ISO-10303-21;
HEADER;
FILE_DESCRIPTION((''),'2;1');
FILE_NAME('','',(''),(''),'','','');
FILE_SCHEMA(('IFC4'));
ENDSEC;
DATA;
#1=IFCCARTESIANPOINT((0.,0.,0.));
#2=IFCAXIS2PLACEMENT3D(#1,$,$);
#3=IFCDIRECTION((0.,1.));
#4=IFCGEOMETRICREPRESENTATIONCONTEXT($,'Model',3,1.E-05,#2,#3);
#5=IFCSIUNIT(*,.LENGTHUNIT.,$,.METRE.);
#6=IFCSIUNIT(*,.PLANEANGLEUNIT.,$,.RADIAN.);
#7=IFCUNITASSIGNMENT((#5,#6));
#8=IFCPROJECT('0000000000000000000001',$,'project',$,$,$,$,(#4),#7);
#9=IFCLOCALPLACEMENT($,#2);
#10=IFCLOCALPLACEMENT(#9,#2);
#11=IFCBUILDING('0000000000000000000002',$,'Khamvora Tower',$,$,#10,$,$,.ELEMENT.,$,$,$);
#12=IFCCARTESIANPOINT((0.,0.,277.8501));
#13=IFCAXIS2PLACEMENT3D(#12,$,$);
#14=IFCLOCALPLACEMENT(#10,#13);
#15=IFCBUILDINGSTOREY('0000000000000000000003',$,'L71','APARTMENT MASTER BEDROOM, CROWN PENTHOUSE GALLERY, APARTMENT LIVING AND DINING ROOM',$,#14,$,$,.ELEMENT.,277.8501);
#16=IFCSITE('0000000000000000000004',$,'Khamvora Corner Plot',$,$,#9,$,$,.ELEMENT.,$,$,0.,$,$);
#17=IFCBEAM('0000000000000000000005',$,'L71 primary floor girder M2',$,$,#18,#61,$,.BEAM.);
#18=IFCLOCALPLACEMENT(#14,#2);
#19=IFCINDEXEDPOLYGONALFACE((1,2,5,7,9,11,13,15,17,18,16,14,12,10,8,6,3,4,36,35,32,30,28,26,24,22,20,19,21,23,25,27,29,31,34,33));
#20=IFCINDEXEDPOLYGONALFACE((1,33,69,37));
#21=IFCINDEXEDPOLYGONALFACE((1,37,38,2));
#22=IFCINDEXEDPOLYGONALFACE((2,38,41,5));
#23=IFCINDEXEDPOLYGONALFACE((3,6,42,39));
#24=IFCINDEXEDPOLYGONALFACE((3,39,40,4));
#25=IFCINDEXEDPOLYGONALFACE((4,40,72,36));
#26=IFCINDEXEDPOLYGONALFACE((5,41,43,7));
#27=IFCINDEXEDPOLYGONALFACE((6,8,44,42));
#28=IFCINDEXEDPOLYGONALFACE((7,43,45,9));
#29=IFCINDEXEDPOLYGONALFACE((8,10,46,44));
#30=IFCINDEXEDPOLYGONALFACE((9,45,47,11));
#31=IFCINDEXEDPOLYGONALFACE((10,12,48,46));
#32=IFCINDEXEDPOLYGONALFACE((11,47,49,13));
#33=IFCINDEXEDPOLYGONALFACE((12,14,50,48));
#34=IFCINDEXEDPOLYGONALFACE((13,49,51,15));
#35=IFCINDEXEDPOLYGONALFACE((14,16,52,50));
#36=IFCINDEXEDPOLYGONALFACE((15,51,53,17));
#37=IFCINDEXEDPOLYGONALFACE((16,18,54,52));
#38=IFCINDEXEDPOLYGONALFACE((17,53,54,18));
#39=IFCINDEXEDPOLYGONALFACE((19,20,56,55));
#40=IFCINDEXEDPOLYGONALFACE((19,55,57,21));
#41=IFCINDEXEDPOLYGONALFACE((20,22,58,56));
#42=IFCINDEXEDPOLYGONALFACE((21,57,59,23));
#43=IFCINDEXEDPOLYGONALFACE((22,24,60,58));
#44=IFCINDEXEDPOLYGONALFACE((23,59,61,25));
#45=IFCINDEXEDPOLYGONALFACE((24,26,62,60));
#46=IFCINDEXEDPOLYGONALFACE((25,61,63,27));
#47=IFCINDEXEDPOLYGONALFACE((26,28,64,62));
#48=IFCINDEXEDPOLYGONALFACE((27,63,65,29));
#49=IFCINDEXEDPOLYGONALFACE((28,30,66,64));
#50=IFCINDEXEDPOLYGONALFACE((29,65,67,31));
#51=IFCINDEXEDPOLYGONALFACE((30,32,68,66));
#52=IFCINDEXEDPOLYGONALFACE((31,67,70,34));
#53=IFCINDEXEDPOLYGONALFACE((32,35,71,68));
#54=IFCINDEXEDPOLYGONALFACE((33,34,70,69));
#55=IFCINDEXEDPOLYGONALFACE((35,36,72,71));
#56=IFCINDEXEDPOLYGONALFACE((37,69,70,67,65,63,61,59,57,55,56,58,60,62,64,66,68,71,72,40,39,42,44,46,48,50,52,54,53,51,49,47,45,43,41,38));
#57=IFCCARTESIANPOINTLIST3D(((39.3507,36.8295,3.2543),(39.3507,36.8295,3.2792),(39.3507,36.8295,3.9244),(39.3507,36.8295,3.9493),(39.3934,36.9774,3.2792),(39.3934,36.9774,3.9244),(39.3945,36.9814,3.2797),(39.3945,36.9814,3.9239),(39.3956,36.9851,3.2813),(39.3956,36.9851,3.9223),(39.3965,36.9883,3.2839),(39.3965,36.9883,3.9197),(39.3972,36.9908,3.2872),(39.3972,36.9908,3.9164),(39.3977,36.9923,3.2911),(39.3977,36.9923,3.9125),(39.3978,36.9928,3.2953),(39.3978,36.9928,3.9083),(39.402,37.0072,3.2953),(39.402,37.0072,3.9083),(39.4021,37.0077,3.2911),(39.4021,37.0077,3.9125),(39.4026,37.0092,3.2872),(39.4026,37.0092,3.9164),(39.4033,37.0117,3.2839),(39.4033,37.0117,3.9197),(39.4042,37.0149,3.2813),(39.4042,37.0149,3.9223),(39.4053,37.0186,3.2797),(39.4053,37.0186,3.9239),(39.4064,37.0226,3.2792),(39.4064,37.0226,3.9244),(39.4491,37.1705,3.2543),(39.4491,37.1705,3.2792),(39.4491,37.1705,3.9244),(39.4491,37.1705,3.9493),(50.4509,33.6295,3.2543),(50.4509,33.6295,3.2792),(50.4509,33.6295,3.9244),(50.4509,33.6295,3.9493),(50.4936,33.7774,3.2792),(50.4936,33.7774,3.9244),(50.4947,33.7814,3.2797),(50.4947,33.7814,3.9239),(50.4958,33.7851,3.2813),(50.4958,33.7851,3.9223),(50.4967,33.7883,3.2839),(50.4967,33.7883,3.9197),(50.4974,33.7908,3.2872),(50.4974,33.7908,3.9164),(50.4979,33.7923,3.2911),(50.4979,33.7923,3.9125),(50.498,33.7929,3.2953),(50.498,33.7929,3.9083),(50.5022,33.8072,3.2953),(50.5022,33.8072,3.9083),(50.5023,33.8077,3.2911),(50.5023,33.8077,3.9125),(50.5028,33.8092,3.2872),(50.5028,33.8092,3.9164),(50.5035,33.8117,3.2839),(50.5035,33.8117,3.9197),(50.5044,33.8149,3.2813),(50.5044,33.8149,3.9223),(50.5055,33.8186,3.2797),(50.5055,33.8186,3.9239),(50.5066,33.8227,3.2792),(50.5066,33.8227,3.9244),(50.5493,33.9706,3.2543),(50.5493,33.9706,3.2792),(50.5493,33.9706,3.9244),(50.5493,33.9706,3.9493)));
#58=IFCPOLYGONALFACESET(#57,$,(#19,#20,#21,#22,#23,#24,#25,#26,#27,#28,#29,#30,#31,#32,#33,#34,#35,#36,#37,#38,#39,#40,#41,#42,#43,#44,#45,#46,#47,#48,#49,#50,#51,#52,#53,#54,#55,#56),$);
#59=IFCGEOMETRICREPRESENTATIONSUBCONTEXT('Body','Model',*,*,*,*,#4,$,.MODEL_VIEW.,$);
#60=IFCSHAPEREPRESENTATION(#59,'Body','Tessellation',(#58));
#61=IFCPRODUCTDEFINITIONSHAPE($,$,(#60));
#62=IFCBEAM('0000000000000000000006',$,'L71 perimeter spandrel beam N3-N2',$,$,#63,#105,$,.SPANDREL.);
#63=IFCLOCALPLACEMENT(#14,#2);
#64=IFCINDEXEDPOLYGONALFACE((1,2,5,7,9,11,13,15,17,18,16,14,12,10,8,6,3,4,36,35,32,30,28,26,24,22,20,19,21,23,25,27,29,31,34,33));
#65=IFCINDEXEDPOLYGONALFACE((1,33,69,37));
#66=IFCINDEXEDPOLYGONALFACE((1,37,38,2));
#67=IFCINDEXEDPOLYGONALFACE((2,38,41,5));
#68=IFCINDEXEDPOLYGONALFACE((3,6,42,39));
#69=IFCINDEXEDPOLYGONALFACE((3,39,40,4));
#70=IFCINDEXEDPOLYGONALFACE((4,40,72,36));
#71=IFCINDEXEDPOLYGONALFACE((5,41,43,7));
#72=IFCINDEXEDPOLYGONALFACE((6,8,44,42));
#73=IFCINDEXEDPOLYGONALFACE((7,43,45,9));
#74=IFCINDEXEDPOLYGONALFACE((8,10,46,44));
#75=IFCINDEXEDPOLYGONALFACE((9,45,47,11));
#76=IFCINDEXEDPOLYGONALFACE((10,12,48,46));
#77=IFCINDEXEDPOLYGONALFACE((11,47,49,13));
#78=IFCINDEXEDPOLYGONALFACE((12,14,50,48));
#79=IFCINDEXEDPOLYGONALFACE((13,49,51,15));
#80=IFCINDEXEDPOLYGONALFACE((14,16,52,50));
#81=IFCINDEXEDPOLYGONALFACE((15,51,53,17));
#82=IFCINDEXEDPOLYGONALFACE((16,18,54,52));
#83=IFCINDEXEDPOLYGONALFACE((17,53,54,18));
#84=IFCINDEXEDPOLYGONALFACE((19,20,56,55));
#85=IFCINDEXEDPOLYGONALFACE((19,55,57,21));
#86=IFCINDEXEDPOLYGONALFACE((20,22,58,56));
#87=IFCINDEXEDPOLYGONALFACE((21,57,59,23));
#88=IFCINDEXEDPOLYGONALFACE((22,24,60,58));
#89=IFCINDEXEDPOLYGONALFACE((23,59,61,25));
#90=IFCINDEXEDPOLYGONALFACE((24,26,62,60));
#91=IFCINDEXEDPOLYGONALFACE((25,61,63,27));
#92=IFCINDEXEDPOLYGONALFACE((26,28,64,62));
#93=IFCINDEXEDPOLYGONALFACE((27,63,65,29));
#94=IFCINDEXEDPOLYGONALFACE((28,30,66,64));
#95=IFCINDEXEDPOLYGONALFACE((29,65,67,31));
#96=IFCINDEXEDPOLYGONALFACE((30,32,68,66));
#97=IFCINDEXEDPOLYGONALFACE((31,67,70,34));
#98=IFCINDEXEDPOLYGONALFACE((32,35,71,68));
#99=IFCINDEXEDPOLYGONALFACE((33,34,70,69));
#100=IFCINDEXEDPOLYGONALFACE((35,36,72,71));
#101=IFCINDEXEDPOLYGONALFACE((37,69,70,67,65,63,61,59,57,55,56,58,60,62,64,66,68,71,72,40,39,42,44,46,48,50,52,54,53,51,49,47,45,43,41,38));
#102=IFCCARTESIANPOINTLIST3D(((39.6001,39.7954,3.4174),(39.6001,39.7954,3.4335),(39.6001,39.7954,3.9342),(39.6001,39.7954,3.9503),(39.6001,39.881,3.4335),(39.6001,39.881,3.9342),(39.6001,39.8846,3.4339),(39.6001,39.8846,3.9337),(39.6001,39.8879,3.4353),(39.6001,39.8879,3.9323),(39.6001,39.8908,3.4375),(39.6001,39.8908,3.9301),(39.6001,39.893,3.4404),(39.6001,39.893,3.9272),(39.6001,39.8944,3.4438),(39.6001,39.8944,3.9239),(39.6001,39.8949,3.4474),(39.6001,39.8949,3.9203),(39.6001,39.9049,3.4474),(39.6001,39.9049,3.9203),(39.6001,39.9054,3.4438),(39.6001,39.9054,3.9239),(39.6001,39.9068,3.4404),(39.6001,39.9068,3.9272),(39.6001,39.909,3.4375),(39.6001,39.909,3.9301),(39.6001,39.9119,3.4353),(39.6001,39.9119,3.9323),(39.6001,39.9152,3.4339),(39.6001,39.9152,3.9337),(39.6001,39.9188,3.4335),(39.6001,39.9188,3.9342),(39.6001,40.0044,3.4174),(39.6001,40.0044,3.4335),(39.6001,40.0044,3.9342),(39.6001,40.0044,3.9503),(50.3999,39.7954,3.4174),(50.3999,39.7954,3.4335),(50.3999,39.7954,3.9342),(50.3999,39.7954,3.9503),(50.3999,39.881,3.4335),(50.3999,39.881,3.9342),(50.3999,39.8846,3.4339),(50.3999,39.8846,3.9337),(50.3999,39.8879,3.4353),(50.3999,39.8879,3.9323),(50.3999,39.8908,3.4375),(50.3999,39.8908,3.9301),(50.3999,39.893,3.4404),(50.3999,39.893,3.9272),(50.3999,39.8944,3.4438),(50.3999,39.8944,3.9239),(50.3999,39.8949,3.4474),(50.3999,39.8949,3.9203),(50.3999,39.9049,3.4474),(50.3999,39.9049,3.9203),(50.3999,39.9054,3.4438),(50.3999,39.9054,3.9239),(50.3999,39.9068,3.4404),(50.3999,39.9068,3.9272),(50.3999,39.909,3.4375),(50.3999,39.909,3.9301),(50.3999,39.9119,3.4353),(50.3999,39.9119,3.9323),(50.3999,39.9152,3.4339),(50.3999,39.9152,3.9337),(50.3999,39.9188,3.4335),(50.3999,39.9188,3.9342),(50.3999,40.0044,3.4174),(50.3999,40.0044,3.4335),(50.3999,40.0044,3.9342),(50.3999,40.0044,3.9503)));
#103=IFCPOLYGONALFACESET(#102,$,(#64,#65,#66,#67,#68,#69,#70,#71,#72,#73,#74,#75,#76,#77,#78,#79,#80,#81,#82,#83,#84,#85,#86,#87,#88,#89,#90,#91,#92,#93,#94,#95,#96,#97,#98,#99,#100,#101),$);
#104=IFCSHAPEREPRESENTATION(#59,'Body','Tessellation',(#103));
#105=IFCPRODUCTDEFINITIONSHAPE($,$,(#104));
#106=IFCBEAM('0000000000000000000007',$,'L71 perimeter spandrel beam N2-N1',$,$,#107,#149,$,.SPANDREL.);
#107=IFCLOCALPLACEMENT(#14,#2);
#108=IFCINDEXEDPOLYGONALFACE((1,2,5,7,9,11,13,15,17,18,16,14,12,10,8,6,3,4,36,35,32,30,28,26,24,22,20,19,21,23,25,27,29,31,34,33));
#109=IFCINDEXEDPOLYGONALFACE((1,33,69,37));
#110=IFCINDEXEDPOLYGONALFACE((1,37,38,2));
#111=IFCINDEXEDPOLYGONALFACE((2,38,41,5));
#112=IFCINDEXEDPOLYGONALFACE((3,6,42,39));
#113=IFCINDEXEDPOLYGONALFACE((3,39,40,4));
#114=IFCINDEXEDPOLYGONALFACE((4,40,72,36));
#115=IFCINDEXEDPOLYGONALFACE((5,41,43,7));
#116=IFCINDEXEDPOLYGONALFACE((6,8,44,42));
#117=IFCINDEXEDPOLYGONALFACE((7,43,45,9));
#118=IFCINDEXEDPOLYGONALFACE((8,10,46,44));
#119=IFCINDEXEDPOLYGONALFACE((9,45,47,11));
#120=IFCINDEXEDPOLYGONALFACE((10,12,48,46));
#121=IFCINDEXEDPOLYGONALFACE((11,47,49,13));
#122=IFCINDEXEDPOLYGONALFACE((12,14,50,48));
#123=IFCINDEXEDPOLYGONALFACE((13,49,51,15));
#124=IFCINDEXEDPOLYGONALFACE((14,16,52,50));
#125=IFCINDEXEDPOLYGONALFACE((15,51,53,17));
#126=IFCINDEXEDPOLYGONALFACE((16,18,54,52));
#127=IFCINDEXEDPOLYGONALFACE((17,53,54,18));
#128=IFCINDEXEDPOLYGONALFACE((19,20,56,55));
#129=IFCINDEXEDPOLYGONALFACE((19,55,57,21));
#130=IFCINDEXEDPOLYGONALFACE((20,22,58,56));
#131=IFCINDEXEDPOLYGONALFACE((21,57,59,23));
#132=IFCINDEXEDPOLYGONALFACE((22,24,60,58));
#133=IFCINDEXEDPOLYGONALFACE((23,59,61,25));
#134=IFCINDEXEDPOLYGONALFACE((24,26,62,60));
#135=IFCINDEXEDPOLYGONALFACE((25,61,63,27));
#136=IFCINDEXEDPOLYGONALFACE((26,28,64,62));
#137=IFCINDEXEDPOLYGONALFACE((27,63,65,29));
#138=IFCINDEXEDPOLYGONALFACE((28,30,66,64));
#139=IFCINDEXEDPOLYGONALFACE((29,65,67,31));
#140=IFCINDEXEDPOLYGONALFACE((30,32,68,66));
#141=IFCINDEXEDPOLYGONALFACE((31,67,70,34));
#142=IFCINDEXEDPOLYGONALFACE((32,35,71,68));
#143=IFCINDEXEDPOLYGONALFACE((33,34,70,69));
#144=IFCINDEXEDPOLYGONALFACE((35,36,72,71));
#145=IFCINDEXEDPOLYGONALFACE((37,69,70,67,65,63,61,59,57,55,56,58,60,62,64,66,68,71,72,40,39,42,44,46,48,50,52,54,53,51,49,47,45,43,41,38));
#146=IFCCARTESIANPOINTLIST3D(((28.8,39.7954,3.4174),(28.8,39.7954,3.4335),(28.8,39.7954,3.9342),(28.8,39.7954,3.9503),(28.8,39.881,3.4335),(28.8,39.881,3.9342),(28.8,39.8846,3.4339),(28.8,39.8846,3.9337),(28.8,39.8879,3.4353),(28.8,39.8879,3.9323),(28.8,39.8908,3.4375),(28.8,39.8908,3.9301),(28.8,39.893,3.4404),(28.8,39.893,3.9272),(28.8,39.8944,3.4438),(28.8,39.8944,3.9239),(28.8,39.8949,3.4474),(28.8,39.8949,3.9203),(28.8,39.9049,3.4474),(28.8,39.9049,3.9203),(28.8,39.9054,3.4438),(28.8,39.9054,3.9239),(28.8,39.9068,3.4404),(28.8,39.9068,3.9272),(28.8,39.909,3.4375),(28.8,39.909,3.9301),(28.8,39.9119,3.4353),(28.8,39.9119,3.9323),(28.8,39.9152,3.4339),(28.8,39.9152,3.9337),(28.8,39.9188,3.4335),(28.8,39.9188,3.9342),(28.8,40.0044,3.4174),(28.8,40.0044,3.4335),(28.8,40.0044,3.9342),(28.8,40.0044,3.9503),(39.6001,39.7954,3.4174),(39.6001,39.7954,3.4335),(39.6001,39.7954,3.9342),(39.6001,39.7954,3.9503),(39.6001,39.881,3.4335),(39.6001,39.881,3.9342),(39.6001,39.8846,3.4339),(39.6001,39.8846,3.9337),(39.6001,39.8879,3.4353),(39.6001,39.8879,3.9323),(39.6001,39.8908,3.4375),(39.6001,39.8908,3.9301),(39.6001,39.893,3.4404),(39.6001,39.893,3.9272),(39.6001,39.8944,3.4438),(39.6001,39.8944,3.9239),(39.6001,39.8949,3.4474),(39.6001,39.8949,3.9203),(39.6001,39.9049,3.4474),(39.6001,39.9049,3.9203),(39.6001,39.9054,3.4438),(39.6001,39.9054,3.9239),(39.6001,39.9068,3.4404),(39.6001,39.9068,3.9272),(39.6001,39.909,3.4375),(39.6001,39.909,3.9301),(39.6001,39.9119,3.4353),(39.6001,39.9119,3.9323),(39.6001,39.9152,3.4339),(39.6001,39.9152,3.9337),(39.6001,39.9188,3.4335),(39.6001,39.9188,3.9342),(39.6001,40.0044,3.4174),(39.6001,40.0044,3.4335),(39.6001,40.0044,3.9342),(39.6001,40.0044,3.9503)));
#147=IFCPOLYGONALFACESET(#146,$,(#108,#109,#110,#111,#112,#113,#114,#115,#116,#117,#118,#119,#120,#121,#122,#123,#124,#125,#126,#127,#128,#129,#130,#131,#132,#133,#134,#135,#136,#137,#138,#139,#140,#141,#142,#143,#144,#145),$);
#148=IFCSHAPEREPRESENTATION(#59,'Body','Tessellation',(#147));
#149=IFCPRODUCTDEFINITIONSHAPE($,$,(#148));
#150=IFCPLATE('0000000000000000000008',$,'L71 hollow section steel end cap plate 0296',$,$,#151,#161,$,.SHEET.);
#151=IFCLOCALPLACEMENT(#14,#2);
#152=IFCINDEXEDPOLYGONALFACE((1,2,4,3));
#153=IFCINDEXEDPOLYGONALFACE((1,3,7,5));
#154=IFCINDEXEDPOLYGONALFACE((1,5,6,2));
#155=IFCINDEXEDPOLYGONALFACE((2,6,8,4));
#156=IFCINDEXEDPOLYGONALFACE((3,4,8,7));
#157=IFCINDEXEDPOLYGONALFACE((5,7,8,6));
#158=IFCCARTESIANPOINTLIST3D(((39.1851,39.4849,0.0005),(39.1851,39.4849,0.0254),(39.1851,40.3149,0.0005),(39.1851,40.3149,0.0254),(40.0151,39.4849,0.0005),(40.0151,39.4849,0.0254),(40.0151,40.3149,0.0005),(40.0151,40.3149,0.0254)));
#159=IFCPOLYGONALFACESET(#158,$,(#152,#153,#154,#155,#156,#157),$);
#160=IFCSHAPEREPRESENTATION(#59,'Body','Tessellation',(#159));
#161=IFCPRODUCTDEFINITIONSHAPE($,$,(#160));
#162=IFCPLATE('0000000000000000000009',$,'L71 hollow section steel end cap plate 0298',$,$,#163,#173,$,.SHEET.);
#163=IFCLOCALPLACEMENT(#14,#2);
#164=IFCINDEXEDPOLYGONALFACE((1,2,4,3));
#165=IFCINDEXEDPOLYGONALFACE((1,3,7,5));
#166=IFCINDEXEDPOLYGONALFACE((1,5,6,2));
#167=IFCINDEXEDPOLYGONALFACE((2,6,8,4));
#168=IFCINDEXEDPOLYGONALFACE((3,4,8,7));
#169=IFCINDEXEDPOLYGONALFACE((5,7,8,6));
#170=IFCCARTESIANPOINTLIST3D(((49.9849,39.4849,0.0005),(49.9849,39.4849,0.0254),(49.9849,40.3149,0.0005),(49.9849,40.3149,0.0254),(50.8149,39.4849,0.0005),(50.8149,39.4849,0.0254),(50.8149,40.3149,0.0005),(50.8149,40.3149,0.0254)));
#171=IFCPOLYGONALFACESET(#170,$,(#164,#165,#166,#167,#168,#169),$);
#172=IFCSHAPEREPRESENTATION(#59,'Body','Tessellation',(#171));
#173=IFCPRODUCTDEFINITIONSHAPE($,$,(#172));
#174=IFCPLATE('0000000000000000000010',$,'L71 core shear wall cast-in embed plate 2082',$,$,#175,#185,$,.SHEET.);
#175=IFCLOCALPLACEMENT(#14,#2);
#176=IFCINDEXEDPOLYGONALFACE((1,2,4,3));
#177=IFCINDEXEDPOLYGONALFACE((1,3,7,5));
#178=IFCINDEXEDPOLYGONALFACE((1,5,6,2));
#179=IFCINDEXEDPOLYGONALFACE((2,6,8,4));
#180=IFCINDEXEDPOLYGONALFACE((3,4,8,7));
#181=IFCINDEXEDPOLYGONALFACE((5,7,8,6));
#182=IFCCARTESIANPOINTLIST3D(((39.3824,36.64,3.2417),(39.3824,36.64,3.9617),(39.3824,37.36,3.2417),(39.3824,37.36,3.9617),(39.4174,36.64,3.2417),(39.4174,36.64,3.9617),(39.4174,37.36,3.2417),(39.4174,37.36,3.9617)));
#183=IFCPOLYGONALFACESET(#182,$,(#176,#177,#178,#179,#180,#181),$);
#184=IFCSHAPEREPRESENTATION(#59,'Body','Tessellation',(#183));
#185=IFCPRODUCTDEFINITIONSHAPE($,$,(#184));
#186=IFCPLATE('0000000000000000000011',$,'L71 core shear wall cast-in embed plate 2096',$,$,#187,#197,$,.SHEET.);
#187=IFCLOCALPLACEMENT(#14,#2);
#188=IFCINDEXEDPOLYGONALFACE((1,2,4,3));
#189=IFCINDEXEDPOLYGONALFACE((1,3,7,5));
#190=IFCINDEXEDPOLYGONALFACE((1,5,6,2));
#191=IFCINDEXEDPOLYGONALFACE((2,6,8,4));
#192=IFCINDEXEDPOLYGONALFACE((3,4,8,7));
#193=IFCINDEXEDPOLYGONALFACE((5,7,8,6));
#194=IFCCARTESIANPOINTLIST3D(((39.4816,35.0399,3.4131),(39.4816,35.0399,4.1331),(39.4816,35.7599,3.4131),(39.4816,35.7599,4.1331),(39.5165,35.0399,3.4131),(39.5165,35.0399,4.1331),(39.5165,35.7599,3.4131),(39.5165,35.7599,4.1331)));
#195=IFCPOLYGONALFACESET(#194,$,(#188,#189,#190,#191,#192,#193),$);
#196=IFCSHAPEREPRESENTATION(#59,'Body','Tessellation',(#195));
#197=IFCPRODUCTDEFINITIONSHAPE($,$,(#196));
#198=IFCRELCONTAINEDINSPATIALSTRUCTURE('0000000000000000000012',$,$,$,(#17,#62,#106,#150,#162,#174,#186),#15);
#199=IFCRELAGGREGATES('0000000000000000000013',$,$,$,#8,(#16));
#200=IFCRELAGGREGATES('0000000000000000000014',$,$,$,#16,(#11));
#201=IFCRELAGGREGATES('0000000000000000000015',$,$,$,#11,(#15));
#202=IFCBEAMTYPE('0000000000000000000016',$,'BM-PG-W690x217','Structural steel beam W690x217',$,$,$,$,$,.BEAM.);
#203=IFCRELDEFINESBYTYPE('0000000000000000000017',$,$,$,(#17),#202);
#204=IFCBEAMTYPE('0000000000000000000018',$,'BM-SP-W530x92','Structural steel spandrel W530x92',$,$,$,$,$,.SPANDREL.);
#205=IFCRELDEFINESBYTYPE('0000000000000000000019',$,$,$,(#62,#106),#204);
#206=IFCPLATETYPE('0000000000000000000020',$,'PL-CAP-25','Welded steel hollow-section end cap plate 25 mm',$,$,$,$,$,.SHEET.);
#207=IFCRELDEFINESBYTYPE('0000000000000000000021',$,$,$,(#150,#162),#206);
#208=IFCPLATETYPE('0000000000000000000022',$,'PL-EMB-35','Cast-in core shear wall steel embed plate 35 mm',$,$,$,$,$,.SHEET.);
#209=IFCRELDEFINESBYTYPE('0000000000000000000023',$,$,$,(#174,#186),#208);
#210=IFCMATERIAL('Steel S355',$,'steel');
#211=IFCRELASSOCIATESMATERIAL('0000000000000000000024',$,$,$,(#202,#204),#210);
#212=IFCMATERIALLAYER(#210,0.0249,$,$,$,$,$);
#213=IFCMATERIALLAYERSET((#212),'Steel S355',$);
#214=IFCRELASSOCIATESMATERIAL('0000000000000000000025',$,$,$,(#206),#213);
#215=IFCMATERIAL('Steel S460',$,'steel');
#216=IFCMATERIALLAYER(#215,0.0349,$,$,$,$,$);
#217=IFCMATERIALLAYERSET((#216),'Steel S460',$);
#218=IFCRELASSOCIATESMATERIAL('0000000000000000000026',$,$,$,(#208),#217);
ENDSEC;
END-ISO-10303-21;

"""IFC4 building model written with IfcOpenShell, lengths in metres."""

from ifc_helpers import new_model, si_unit, direction, frame, origin, origin_2d, place, context, subcontext, project, spatial, rectangle, i_section, extrude, material, layer, layer_set, material_profile, profile_set, type_object, element, save


model = new_model("IFC4")

# Units and contexts
model_context = context("Model", 3, precision=1e-05, world=origin(), true_north=direction((0.0, 1.0)))
body_context = subcontext(model_context, "Body", "Model", "MODEL_VIEW")
ifc_project = project(units=[si_unit("LENGTHUNIT", "METRE"), si_unit("PLANEANGLEUNIT", "RADIAN")], contexts=[model_context])

# Site, building, storey
site_placement = place(None, origin())
site = spatial("IfcSite", under=ifc_project, at=site_placement, Name="Khamvora Corner Plot", CompositionType="ELEMENT", RefElevation=0.0)
building_placement = place(site_placement, origin())
building = spatial("IfcBuilding", under=site, at=building_placement, Name="Khamvora Tower", CompositionType="ELEMENT")
storey_placement = place(building_placement, frame((0.0, 0.0, 277.8501)))
storey = spatial("IfcBuildingStorey", under=building, at=storey_placement, Name="L71", Description="APARTMENT MASTER BEDROOM, CROWN PENTHOUSE GALLERY, APARTMENT LIVING AND DINING ROOM", CompositionType="ELEMENT", Elevation=277.8501)

# Shared definitions
ifc_material_1 = material(Name="Steel S355", Category="steel")

# Beams
ifc_material_profile_1 = material_profile(ifc_material_1, i_section(OverallWidth=0.355, OverallDepth=0.6951, WebThickness=0.0149, FlangeThickness=0.0249, FilletRadius=0.0161, at=origin_2d()), Name="W690x217")
ifc_profile_set_1 = profile_set([ifc_material_profile_1], Name="Steel S355")
beam_type_1 = type_object("IfcBeamType", Name="BM-PG-W690x217", Description="Structural steel beam W690x217", PredefinedType="BEAM", material=ifc_profile_set_1)
beam_1_placement = place(storey_placement, frame((39.3999, 37.0, 3.6018), z_axis=(0.96087, -0.277001, 0.0), x_axis=(0.277001, 0.96087, 0.0)))
element("IfcBeam", 1, at=beam_1_placement, inside=storey, type_object=beam_type_1, Name="L71 primary floor girder M2", PredefinedType="BEAM", context=body_context, shape_type="SweptSolid", body=[
    extrude(i_section(OverallWidth=0.355, OverallDepth=0.6951, WebThickness=0.0149, FlangeThickness=0.0249, FilletRadius=0.0161, at=origin_2d()), origin(), (0.0, 0.0, 1.0), 11.5522),
])
ifc_material_profile_2 = material_profile(ifc_material_1, i_section(OverallWidth=0.209, OverallDepth=0.533, WebThickness=0.01, FlangeThickness=0.0161, FilletRadius=0.0139, at=origin_2d()), Name="W530x92")
ifc_profile_set_2 = profile_set([ifc_material_profile_2], Name="Steel S355")
beam_type_2 = type_object("IfcBeamType", Name="BM-SP-W530x92", Description="Structural steel spandrel W530x92", PredefinedType="SPANDREL", material=ifc_profile_set_2)
beam_2_placement = place(storey_placement, frame((50.3999, 39.8999, 3.6838), z_axis=(-1.0, 0.0, 0.0), x_axis=(0.0, -1.0, 0.0)))
element("IfcBeam", 2, at=beam_2_placement, inside=storey, type_object=beam_type_2, Name="L71 perimeter spandrel beam N3-N2", PredefinedType="SPANDREL", context=body_context, shape_type="SweptSolid", body=[
    extrude(i_section(OverallWidth=0.209, OverallDepth=0.533, WebThickness=0.01, FlangeThickness=0.0161, FilletRadius=0.0139, at=origin_2d()), origin(), (0.0, 0.0, 1.0), 10.7998),
])
beam_3_placement = place(storey_placement, frame((39.6001, 39.8999, 3.6838), z_axis=(-1.0, 0.0, 0.0), x_axis=(0.0, -1.0, 0.0)))
element("IfcBeam", 3, at=beam_3_placement, inside=storey, type_object=beam_type_2, Name="L71 perimeter spandrel beam N2-N1", PredefinedType="SPANDREL", context=body_context, shape_type="SweptSolid", body=[
    extrude(i_section(OverallWidth=0.209, OverallDepth=0.533, WebThickness=0.01, FlangeThickness=0.0161, FilletRadius=0.0139, at=origin_2d()), origin(), (0.0, 0.0, 1.0), 10.8),
])

# Plates
ifc_layer_1 = layer(ifc_material_1, 0.0249)
ifc_layer_set_1 = layer_set([ifc_layer_1], Name="Steel S355")
plate_type_1 = type_object("IfcPlateType", Name="PL-CAP-25", Description="Welded steel hollow-section end cap plate 25 mm", PredefinedType="SHEET", material=ifc_layer_set_1)
for number, where, z_axis, x_axis, name in (
    (4, (39.6001, 39.8999, 0.0005), (0.0, 0.0, 1.0), (1.0, 0.0, 0.0), "L71 hollow section steel end cap plate 0296"),
    (5, (50.3999, 39.8999, 0.0005), (0.0, 0.0, 1.0), (1.0, 0.0, 0.0), "L71 hollow section steel end cap plate 0298"),
):
    element("IfcPlate", number, at=place(storey_placement, frame(where, z_axis=z_axis, x_axis=x_axis)), inside=storey, type_object=plate_type_1, Name=name, PredefinedType="SHEET", context=body_context, shape_type="SweptSolid", body=[
        extrude(rectangle(XDim=0.8301, YDim=0.8301, at=origin_2d()), origin(), (0.0, 0.0, 1.0), 0.0249),
    ])
ifc_material_2 = material(Name="Steel S460", Category="steel")
ifc_layer_2 = layer(ifc_material_2, 0.0349)
ifc_layer_set_2 = layer_set([ifc_layer_2], Name="Steel S460")
plate_type_2 = type_object("IfcPlateType", Name="PL-EMB-35", Description="Cast-in core shear wall steel embed plate 35 mm", PredefinedType="SHEET", material=ifc_layer_set_2)
for number, where, z_axis, x_axis, name in (
    (6, (39.3999, 37.0, 3.2417), (0.0, 0.0, 1.0), (1.0, 0.0, 0.0), "L71 core shear wall cast-in embed plate 2082"),
    (7, (39.499, 35.3999, 3.4131), (0.0, 0.0, 1.0), (1.0, 0.0, 0.0), "L71 core shear wall cast-in embed plate 2096"),
):
    element("IfcPlate", number, at=place(storey_placement, frame(where, z_axis=z_axis, x_axis=x_axis)), inside=storey, type_object=plate_type_2, Name=name, PredefinedType="SHEET", context=body_context, shape_type="SweptSolid", body=[
        extrude(rectangle(XDim=0.0349, YDim=0.72, at=origin_2d()), origin(), (0.0, 0.0, 1.0), 0.72),
    ])

save(model, "model.ifc")
